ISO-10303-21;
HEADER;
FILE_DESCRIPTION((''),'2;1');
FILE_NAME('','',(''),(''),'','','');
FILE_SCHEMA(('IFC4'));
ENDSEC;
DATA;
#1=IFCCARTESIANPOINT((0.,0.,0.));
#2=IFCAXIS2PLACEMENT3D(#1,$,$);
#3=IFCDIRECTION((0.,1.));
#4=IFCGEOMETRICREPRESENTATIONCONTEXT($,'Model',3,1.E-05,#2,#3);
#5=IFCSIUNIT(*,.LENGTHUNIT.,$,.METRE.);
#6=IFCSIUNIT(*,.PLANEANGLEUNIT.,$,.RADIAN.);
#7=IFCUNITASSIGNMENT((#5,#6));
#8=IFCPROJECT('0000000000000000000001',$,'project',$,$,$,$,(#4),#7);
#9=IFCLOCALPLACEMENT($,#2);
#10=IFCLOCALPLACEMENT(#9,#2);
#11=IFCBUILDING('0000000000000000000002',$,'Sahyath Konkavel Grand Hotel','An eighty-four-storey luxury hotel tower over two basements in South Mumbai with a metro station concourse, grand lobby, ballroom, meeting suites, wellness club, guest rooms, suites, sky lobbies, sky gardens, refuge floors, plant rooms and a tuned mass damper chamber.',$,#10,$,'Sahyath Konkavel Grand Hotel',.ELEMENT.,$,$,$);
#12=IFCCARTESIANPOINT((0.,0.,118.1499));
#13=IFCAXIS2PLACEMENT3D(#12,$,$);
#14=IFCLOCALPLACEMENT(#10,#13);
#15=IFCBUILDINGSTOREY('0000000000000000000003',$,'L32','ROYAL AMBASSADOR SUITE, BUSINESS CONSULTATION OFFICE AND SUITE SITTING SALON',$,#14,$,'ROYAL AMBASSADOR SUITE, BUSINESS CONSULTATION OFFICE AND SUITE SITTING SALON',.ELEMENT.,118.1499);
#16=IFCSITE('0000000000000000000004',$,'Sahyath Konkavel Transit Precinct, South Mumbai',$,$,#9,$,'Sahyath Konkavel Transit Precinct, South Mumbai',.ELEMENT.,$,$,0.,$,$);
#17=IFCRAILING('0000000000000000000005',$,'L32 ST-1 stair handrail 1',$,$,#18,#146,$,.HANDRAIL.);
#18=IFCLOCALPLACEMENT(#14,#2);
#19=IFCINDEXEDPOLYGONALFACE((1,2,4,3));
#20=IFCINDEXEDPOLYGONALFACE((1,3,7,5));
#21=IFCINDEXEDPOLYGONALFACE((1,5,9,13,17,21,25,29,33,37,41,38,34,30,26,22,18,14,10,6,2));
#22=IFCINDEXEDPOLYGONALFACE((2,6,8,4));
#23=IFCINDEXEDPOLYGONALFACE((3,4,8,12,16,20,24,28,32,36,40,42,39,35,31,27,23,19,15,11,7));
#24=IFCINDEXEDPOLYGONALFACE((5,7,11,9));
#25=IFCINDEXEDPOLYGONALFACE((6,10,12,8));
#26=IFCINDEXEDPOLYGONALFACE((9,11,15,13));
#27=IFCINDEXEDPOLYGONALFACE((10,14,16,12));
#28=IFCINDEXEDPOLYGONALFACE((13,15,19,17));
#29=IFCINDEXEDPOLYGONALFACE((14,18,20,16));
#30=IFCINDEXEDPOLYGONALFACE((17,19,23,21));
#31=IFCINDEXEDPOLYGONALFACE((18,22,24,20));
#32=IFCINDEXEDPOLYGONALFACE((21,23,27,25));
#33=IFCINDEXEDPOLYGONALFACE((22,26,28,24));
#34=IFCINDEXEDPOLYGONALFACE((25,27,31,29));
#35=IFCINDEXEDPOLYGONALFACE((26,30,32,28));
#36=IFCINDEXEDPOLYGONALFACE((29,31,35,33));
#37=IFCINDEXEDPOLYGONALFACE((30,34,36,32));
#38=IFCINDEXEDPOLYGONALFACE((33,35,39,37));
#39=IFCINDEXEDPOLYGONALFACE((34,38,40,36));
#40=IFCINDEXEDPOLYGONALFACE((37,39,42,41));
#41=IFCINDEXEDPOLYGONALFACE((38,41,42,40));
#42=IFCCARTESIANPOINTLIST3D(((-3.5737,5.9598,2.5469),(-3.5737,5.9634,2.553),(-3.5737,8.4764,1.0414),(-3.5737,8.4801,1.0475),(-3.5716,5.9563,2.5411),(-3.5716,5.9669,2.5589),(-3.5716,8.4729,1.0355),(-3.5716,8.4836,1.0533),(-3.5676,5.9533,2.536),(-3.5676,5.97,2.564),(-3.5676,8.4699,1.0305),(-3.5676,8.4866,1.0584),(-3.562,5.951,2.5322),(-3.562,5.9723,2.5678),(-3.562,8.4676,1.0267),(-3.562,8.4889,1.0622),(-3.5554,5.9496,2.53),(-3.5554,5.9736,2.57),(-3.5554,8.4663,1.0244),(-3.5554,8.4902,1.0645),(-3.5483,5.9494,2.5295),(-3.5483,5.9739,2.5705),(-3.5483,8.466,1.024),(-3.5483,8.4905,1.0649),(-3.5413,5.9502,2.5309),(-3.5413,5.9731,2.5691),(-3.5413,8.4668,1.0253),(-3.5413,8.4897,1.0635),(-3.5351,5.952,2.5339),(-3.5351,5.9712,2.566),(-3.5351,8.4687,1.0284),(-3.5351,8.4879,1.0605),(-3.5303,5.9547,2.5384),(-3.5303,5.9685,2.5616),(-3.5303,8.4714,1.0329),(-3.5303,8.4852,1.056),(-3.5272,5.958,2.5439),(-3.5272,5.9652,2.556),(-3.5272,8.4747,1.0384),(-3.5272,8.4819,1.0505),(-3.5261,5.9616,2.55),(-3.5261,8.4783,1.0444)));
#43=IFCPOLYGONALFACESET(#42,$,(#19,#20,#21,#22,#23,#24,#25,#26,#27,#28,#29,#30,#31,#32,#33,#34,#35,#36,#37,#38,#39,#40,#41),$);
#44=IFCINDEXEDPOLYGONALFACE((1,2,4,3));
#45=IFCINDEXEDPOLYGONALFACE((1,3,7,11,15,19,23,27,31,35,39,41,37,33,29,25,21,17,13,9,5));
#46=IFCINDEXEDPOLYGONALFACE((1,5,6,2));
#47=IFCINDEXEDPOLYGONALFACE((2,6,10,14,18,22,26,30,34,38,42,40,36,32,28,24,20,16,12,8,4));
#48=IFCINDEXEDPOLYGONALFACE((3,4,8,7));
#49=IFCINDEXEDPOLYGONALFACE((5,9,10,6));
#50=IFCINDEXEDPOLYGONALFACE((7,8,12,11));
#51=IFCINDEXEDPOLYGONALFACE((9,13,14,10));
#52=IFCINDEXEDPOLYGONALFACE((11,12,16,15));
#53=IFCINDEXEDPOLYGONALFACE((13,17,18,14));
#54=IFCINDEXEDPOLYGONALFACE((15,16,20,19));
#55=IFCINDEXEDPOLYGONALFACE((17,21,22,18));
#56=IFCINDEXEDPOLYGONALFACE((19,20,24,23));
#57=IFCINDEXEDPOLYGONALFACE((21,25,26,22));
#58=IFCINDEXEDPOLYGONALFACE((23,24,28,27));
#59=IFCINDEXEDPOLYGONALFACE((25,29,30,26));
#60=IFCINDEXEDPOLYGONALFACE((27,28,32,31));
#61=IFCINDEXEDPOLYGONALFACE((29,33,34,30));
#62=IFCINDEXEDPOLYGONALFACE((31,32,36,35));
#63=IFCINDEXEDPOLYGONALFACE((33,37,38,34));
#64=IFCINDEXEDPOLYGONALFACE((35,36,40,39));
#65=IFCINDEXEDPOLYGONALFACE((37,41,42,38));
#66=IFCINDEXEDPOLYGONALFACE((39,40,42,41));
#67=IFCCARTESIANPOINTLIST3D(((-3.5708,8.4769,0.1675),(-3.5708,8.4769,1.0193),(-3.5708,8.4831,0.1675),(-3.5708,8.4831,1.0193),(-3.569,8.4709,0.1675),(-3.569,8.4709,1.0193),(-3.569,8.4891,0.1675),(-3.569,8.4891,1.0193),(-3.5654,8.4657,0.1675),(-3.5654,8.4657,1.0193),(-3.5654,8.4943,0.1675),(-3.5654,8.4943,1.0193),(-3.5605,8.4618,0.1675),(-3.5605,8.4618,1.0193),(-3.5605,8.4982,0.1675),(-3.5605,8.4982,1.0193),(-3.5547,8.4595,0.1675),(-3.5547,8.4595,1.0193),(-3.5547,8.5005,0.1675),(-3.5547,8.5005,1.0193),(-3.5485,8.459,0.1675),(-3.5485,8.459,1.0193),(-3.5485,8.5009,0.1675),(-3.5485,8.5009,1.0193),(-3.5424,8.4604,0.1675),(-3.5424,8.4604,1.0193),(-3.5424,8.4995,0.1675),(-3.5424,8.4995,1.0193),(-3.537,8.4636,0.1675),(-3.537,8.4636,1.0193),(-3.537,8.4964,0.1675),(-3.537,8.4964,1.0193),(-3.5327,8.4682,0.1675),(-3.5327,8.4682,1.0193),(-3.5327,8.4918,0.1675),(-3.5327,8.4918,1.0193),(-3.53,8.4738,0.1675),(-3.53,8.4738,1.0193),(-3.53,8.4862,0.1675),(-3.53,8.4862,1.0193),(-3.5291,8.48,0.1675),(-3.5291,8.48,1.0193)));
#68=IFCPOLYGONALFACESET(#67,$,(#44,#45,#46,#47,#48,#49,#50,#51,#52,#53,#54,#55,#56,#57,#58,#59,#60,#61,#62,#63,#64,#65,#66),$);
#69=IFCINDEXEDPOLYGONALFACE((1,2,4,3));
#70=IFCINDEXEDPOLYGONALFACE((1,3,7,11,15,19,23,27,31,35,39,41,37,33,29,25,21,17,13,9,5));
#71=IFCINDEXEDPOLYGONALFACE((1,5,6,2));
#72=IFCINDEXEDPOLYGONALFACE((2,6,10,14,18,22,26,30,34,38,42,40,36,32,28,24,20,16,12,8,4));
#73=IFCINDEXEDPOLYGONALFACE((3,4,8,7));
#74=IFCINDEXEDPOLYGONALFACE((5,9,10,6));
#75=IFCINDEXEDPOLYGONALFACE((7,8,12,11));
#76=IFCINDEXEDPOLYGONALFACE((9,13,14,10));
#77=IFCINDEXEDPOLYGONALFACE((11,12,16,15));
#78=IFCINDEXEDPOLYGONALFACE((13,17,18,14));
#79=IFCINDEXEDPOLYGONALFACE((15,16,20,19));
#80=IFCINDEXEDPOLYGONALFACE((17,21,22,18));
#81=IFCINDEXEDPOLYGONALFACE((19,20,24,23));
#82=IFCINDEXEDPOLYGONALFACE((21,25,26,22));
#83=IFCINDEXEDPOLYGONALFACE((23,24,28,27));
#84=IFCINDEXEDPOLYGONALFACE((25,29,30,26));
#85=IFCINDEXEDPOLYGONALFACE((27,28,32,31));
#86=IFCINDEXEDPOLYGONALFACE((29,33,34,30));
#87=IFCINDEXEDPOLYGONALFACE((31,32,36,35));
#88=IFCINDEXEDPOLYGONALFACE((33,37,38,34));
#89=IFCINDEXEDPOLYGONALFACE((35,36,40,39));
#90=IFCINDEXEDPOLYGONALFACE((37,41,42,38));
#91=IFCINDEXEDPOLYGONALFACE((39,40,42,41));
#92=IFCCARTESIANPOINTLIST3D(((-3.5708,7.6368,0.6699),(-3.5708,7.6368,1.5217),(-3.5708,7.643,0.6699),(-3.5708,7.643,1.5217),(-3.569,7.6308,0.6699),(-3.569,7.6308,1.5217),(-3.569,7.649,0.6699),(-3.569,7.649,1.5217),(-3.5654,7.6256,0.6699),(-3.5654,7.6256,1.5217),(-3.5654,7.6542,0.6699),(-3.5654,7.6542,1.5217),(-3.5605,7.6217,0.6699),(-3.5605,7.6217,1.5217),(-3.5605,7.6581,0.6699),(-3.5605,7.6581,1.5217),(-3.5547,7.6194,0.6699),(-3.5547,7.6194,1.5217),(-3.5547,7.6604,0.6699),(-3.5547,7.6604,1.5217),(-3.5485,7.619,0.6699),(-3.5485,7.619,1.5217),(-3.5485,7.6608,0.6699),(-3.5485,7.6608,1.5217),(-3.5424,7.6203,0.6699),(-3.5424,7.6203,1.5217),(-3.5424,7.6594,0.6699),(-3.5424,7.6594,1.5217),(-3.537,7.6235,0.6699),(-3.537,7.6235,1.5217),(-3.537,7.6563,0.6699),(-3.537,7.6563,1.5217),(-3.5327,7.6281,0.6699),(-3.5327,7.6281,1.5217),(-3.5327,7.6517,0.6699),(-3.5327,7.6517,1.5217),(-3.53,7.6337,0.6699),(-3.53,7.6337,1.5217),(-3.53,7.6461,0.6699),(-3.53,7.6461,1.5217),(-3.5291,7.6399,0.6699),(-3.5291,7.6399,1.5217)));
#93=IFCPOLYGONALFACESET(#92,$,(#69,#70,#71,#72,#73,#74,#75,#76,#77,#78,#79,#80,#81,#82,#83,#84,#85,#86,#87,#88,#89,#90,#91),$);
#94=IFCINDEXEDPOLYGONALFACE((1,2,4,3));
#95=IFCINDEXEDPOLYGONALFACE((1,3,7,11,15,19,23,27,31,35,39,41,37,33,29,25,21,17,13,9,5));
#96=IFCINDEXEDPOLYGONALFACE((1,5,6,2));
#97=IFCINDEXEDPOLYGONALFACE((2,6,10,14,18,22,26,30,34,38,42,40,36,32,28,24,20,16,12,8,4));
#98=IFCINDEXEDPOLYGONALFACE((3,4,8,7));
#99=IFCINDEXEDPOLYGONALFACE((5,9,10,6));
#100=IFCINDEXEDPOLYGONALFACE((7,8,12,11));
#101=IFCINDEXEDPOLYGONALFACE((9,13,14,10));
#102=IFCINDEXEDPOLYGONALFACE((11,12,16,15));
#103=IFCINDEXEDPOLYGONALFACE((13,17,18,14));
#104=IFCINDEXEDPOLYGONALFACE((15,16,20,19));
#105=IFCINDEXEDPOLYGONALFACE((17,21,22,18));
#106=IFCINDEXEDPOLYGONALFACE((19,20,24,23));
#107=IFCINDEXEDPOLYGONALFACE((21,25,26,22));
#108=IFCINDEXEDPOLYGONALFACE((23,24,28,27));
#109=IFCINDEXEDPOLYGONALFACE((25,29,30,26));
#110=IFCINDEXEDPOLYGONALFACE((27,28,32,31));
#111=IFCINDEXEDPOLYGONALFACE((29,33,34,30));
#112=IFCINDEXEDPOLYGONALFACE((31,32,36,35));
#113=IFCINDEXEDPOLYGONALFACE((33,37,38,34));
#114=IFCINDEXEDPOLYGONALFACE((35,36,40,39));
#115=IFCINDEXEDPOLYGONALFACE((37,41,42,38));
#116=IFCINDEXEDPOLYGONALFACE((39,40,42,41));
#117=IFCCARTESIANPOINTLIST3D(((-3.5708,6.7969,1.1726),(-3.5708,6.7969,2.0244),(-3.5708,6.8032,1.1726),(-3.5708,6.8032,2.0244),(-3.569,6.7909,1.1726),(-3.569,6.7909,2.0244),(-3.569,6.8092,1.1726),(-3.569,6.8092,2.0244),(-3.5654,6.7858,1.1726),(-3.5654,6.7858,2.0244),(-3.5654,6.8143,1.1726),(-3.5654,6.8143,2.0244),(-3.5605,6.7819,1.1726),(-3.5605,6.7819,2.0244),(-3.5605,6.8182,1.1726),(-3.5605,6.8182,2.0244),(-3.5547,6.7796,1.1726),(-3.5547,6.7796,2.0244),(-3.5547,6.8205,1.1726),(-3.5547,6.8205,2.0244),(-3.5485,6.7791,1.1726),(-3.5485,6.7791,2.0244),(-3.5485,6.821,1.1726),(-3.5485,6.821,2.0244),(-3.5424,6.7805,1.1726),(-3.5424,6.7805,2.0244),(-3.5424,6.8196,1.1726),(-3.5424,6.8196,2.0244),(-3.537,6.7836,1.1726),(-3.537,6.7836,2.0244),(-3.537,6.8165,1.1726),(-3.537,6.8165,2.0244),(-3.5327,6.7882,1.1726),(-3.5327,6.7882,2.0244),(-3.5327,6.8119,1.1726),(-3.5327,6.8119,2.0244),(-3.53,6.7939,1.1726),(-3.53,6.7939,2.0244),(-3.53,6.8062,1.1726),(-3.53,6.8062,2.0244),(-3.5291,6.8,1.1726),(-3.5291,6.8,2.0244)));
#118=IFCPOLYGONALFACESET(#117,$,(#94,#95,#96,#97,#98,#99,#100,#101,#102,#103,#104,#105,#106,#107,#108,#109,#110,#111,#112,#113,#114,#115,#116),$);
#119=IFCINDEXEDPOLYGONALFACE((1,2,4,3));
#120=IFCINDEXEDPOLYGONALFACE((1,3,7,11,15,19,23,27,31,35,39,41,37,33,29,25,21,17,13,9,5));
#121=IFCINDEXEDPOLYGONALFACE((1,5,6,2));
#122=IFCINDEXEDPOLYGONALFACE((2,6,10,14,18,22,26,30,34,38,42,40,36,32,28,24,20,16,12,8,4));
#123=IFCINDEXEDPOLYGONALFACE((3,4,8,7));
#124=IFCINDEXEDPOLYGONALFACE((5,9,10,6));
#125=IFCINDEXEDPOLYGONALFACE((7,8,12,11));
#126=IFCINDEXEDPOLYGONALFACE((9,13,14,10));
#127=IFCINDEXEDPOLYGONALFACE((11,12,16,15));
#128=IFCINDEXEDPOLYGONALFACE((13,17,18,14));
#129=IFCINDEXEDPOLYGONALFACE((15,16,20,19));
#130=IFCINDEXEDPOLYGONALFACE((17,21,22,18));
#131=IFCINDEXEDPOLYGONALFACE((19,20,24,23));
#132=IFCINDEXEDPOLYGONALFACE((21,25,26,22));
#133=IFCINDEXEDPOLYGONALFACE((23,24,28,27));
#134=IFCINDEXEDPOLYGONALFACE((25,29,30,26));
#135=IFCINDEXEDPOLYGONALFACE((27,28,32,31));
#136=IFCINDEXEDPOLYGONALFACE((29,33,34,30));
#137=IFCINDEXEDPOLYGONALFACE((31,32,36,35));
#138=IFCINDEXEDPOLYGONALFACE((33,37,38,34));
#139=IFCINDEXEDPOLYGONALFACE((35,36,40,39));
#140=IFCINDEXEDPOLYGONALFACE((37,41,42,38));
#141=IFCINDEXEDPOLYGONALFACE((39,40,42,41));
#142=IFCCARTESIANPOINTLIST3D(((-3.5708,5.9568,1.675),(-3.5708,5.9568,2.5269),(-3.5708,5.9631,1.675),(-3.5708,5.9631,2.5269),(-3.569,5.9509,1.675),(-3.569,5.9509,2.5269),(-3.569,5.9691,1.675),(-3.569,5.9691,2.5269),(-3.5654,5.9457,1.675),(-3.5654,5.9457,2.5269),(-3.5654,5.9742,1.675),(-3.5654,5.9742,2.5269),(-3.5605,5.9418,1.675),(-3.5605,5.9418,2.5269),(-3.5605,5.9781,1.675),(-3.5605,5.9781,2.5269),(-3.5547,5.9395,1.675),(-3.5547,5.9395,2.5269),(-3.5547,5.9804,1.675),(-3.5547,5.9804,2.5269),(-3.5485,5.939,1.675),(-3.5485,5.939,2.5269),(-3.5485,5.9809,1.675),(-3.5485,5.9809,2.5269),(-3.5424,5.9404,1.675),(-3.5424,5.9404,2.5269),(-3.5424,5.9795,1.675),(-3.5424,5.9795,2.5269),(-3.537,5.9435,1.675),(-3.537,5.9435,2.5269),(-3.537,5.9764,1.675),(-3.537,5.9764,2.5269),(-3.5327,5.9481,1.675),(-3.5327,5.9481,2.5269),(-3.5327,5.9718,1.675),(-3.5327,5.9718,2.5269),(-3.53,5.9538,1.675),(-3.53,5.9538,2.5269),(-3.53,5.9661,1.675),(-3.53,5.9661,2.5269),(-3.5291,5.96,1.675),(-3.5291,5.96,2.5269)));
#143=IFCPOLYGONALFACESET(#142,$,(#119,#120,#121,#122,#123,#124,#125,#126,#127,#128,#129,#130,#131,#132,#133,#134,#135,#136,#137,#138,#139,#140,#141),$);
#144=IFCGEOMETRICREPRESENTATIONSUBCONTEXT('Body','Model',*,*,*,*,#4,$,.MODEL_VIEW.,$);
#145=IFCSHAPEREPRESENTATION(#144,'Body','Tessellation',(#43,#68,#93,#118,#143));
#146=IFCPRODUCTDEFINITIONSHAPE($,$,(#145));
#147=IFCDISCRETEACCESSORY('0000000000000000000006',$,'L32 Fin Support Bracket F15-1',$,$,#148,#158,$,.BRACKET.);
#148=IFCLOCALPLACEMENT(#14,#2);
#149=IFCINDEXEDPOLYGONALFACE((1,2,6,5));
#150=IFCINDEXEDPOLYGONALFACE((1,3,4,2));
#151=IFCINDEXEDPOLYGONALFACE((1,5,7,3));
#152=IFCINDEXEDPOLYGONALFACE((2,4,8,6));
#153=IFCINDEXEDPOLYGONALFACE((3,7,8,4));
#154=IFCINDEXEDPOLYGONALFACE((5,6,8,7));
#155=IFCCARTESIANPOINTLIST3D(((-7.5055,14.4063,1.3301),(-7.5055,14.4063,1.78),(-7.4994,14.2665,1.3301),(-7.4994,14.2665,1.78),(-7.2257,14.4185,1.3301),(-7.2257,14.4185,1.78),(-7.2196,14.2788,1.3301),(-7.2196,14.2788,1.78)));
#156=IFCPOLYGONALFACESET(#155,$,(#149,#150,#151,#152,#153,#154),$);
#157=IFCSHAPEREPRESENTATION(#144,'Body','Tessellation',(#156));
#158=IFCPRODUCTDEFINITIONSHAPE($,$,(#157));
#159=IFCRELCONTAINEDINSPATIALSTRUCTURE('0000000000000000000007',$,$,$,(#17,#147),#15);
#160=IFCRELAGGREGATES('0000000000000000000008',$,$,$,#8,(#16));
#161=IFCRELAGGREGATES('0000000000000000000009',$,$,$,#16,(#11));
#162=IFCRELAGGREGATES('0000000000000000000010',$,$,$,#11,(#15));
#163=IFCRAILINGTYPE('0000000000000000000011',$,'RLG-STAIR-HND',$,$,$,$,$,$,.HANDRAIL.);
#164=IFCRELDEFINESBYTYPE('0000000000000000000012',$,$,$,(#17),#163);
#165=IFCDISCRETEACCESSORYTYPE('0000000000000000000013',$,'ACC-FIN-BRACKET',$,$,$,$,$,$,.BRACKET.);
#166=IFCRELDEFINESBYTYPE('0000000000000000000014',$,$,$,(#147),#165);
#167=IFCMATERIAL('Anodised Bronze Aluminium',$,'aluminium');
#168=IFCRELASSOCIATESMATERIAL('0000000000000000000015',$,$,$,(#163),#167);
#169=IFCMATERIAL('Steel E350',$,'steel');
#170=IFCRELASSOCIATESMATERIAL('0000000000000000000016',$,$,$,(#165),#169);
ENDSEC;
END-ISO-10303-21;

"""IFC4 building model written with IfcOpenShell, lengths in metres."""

from ifc_helpers import new_model, si_unit, direction, frame, origin, origin_2d, place, context, subcontext, project, spatial, rectangle, circle, extrude, source, transform, mapped, material, type_object, element, save


model = new_model("IFC4")

# Units and contexts
model_context = context("Model", 3, precision=1e-05, world=origin(), true_north=direction((0.0, 1.0)))
body_context = subcontext(model_context, "Body", "Model", "MODEL_VIEW")
ifc_project = project(units=[si_unit("LENGTHUNIT", "METRE"), si_unit("PLANEANGLEUNIT", "RADIAN")], contexts=[model_context])

# Site, building, storey
site_placement = place(None, origin())
site = spatial("IfcSite", under=ifc_project, at=site_placement, Name="Sahyath Konkavel Transit Precinct, South Mumbai", LongName="Sahyath Konkavel Transit Precinct, South Mumbai", CompositionType="ELEMENT", RefElevation=0.0)
building_placement = place(site_placement, origin())
building = spatial("IfcBuilding", under=site, at=building_placement, Name="Sahyath Konkavel Grand Hotel", Description="An eighty-four-storey luxury hotel tower over two basements in South Mumbai with a metro station concourse, grand lobby, ballroom, meeting suites, wellness club, guest rooms, suites, sky lobbies, sky gardens, refuge floors, plant rooms and a tuned mass damper chamber.", LongName="Sahyath Konkavel Grand Hotel", CompositionType="ELEMENT")
storey_placement = place(building_placement, frame((0.0, 0.0, 118.1499)))
storey = spatial("IfcBuildingStorey", under=building, at=storey_placement, Name="L32", Description="ROYAL AMBASSADOR SUITE, BUSINESS CONSULTATION OFFICE AND SUITE SITTING SALON", LongName="ROYAL AMBASSADOR SUITE, BUSINESS CONSULTATION OFFICE AND SUITE SITTING SALON", CompositionType="ELEMENT", Elevation=118.1499)

# Shared definitions
ifc_material_1 = material(Name="Steel E350", Category="steel")

# Shared definitions
ifc_material_2 = material(Name="Anodised Bronze Aluminium", Category="aluminium")

# Railing
railing_type_1 = type_object("IfcRailingType", Name="RLG-STAIR-HND", PredefinedType="HANDRAIL", material=ifc_material_2)
railing_1_placement = place(storey_placement, frame((-3.55, 8.48, 0.1675)))
element("IfcRailing", 1, at=railing_1_placement, inside=storey, type_object=railing_type_1, Name="L32 ST-1 stair handrail 1", PredefinedType="HANDRAIL", context=body_context, shape_type="SweptSolid", body=[
    extrude(circle(Radius=0.0239, at=origin_2d()), frame((0.0, -0.0017, 0.877), z_axis=(0.0, -0.85816, 0.513383), x_axis=(1.0, 0.0, 0.0)), (0.0, 0.0, 1.0), 2.9326),
    extrude(circle(Radius=0.021, at=origin_2d()), origin(), (0.0, 0.0, 1.0), 0.8518),
    extrude(circle(Radius=0.021, at=origin_2d()), frame((0.0, -0.8401, 0.5024)), (0.0, 0.0, 1.0), 0.8518),
    extrude(circle(Radius=0.021, at=origin_2d()), frame((0.0, -1.6799, 1.0051)), (0.0, 0.0, 1.0), 0.8518),
    extrude(circle(Radius=0.021, at=origin_2d()), frame((0.0, -2.52, 1.5076)), (0.0, 0.0, 1.0), 0.8518),
])

# Discrete accessory
discrete_accessory_type = type_object("IfcDiscreteAccessoryType", Name="ACC-FIN-BRACKET", PredefinedType="BRACKET", material=ifc_material_1)
shared_shape_1 = source(origin(), body_context, "Body", "SweptSolid", [
    extrude(rectangle(XDim=0.28, YDim=0.1399, at=origin_2d()), origin(), (0.0, 0.0, 1.0), 0.45),
])
discrete_accessory_placement = place(storey_placement, frame((-7.3625, 14.3425, 1.3301), z_axis=(0.0, 0.0, 1.0), x_axis=(-0.999048, -0.043619, 0.0)))
element("IfcDiscreteAccessory", 2, at=discrete_accessory_placement, inside=storey, type_object=discrete_accessory_type, Name="L32 Fin Support Bracket F15-1", PredefinedType="BRACKET", context=body_context, shape_type="MappedRepresentation", body=[
    mapped(shared_shape_1, transform((0.0, 0.0, 0.0), scale=1.0)),
])

save(model, "model.ifc")
